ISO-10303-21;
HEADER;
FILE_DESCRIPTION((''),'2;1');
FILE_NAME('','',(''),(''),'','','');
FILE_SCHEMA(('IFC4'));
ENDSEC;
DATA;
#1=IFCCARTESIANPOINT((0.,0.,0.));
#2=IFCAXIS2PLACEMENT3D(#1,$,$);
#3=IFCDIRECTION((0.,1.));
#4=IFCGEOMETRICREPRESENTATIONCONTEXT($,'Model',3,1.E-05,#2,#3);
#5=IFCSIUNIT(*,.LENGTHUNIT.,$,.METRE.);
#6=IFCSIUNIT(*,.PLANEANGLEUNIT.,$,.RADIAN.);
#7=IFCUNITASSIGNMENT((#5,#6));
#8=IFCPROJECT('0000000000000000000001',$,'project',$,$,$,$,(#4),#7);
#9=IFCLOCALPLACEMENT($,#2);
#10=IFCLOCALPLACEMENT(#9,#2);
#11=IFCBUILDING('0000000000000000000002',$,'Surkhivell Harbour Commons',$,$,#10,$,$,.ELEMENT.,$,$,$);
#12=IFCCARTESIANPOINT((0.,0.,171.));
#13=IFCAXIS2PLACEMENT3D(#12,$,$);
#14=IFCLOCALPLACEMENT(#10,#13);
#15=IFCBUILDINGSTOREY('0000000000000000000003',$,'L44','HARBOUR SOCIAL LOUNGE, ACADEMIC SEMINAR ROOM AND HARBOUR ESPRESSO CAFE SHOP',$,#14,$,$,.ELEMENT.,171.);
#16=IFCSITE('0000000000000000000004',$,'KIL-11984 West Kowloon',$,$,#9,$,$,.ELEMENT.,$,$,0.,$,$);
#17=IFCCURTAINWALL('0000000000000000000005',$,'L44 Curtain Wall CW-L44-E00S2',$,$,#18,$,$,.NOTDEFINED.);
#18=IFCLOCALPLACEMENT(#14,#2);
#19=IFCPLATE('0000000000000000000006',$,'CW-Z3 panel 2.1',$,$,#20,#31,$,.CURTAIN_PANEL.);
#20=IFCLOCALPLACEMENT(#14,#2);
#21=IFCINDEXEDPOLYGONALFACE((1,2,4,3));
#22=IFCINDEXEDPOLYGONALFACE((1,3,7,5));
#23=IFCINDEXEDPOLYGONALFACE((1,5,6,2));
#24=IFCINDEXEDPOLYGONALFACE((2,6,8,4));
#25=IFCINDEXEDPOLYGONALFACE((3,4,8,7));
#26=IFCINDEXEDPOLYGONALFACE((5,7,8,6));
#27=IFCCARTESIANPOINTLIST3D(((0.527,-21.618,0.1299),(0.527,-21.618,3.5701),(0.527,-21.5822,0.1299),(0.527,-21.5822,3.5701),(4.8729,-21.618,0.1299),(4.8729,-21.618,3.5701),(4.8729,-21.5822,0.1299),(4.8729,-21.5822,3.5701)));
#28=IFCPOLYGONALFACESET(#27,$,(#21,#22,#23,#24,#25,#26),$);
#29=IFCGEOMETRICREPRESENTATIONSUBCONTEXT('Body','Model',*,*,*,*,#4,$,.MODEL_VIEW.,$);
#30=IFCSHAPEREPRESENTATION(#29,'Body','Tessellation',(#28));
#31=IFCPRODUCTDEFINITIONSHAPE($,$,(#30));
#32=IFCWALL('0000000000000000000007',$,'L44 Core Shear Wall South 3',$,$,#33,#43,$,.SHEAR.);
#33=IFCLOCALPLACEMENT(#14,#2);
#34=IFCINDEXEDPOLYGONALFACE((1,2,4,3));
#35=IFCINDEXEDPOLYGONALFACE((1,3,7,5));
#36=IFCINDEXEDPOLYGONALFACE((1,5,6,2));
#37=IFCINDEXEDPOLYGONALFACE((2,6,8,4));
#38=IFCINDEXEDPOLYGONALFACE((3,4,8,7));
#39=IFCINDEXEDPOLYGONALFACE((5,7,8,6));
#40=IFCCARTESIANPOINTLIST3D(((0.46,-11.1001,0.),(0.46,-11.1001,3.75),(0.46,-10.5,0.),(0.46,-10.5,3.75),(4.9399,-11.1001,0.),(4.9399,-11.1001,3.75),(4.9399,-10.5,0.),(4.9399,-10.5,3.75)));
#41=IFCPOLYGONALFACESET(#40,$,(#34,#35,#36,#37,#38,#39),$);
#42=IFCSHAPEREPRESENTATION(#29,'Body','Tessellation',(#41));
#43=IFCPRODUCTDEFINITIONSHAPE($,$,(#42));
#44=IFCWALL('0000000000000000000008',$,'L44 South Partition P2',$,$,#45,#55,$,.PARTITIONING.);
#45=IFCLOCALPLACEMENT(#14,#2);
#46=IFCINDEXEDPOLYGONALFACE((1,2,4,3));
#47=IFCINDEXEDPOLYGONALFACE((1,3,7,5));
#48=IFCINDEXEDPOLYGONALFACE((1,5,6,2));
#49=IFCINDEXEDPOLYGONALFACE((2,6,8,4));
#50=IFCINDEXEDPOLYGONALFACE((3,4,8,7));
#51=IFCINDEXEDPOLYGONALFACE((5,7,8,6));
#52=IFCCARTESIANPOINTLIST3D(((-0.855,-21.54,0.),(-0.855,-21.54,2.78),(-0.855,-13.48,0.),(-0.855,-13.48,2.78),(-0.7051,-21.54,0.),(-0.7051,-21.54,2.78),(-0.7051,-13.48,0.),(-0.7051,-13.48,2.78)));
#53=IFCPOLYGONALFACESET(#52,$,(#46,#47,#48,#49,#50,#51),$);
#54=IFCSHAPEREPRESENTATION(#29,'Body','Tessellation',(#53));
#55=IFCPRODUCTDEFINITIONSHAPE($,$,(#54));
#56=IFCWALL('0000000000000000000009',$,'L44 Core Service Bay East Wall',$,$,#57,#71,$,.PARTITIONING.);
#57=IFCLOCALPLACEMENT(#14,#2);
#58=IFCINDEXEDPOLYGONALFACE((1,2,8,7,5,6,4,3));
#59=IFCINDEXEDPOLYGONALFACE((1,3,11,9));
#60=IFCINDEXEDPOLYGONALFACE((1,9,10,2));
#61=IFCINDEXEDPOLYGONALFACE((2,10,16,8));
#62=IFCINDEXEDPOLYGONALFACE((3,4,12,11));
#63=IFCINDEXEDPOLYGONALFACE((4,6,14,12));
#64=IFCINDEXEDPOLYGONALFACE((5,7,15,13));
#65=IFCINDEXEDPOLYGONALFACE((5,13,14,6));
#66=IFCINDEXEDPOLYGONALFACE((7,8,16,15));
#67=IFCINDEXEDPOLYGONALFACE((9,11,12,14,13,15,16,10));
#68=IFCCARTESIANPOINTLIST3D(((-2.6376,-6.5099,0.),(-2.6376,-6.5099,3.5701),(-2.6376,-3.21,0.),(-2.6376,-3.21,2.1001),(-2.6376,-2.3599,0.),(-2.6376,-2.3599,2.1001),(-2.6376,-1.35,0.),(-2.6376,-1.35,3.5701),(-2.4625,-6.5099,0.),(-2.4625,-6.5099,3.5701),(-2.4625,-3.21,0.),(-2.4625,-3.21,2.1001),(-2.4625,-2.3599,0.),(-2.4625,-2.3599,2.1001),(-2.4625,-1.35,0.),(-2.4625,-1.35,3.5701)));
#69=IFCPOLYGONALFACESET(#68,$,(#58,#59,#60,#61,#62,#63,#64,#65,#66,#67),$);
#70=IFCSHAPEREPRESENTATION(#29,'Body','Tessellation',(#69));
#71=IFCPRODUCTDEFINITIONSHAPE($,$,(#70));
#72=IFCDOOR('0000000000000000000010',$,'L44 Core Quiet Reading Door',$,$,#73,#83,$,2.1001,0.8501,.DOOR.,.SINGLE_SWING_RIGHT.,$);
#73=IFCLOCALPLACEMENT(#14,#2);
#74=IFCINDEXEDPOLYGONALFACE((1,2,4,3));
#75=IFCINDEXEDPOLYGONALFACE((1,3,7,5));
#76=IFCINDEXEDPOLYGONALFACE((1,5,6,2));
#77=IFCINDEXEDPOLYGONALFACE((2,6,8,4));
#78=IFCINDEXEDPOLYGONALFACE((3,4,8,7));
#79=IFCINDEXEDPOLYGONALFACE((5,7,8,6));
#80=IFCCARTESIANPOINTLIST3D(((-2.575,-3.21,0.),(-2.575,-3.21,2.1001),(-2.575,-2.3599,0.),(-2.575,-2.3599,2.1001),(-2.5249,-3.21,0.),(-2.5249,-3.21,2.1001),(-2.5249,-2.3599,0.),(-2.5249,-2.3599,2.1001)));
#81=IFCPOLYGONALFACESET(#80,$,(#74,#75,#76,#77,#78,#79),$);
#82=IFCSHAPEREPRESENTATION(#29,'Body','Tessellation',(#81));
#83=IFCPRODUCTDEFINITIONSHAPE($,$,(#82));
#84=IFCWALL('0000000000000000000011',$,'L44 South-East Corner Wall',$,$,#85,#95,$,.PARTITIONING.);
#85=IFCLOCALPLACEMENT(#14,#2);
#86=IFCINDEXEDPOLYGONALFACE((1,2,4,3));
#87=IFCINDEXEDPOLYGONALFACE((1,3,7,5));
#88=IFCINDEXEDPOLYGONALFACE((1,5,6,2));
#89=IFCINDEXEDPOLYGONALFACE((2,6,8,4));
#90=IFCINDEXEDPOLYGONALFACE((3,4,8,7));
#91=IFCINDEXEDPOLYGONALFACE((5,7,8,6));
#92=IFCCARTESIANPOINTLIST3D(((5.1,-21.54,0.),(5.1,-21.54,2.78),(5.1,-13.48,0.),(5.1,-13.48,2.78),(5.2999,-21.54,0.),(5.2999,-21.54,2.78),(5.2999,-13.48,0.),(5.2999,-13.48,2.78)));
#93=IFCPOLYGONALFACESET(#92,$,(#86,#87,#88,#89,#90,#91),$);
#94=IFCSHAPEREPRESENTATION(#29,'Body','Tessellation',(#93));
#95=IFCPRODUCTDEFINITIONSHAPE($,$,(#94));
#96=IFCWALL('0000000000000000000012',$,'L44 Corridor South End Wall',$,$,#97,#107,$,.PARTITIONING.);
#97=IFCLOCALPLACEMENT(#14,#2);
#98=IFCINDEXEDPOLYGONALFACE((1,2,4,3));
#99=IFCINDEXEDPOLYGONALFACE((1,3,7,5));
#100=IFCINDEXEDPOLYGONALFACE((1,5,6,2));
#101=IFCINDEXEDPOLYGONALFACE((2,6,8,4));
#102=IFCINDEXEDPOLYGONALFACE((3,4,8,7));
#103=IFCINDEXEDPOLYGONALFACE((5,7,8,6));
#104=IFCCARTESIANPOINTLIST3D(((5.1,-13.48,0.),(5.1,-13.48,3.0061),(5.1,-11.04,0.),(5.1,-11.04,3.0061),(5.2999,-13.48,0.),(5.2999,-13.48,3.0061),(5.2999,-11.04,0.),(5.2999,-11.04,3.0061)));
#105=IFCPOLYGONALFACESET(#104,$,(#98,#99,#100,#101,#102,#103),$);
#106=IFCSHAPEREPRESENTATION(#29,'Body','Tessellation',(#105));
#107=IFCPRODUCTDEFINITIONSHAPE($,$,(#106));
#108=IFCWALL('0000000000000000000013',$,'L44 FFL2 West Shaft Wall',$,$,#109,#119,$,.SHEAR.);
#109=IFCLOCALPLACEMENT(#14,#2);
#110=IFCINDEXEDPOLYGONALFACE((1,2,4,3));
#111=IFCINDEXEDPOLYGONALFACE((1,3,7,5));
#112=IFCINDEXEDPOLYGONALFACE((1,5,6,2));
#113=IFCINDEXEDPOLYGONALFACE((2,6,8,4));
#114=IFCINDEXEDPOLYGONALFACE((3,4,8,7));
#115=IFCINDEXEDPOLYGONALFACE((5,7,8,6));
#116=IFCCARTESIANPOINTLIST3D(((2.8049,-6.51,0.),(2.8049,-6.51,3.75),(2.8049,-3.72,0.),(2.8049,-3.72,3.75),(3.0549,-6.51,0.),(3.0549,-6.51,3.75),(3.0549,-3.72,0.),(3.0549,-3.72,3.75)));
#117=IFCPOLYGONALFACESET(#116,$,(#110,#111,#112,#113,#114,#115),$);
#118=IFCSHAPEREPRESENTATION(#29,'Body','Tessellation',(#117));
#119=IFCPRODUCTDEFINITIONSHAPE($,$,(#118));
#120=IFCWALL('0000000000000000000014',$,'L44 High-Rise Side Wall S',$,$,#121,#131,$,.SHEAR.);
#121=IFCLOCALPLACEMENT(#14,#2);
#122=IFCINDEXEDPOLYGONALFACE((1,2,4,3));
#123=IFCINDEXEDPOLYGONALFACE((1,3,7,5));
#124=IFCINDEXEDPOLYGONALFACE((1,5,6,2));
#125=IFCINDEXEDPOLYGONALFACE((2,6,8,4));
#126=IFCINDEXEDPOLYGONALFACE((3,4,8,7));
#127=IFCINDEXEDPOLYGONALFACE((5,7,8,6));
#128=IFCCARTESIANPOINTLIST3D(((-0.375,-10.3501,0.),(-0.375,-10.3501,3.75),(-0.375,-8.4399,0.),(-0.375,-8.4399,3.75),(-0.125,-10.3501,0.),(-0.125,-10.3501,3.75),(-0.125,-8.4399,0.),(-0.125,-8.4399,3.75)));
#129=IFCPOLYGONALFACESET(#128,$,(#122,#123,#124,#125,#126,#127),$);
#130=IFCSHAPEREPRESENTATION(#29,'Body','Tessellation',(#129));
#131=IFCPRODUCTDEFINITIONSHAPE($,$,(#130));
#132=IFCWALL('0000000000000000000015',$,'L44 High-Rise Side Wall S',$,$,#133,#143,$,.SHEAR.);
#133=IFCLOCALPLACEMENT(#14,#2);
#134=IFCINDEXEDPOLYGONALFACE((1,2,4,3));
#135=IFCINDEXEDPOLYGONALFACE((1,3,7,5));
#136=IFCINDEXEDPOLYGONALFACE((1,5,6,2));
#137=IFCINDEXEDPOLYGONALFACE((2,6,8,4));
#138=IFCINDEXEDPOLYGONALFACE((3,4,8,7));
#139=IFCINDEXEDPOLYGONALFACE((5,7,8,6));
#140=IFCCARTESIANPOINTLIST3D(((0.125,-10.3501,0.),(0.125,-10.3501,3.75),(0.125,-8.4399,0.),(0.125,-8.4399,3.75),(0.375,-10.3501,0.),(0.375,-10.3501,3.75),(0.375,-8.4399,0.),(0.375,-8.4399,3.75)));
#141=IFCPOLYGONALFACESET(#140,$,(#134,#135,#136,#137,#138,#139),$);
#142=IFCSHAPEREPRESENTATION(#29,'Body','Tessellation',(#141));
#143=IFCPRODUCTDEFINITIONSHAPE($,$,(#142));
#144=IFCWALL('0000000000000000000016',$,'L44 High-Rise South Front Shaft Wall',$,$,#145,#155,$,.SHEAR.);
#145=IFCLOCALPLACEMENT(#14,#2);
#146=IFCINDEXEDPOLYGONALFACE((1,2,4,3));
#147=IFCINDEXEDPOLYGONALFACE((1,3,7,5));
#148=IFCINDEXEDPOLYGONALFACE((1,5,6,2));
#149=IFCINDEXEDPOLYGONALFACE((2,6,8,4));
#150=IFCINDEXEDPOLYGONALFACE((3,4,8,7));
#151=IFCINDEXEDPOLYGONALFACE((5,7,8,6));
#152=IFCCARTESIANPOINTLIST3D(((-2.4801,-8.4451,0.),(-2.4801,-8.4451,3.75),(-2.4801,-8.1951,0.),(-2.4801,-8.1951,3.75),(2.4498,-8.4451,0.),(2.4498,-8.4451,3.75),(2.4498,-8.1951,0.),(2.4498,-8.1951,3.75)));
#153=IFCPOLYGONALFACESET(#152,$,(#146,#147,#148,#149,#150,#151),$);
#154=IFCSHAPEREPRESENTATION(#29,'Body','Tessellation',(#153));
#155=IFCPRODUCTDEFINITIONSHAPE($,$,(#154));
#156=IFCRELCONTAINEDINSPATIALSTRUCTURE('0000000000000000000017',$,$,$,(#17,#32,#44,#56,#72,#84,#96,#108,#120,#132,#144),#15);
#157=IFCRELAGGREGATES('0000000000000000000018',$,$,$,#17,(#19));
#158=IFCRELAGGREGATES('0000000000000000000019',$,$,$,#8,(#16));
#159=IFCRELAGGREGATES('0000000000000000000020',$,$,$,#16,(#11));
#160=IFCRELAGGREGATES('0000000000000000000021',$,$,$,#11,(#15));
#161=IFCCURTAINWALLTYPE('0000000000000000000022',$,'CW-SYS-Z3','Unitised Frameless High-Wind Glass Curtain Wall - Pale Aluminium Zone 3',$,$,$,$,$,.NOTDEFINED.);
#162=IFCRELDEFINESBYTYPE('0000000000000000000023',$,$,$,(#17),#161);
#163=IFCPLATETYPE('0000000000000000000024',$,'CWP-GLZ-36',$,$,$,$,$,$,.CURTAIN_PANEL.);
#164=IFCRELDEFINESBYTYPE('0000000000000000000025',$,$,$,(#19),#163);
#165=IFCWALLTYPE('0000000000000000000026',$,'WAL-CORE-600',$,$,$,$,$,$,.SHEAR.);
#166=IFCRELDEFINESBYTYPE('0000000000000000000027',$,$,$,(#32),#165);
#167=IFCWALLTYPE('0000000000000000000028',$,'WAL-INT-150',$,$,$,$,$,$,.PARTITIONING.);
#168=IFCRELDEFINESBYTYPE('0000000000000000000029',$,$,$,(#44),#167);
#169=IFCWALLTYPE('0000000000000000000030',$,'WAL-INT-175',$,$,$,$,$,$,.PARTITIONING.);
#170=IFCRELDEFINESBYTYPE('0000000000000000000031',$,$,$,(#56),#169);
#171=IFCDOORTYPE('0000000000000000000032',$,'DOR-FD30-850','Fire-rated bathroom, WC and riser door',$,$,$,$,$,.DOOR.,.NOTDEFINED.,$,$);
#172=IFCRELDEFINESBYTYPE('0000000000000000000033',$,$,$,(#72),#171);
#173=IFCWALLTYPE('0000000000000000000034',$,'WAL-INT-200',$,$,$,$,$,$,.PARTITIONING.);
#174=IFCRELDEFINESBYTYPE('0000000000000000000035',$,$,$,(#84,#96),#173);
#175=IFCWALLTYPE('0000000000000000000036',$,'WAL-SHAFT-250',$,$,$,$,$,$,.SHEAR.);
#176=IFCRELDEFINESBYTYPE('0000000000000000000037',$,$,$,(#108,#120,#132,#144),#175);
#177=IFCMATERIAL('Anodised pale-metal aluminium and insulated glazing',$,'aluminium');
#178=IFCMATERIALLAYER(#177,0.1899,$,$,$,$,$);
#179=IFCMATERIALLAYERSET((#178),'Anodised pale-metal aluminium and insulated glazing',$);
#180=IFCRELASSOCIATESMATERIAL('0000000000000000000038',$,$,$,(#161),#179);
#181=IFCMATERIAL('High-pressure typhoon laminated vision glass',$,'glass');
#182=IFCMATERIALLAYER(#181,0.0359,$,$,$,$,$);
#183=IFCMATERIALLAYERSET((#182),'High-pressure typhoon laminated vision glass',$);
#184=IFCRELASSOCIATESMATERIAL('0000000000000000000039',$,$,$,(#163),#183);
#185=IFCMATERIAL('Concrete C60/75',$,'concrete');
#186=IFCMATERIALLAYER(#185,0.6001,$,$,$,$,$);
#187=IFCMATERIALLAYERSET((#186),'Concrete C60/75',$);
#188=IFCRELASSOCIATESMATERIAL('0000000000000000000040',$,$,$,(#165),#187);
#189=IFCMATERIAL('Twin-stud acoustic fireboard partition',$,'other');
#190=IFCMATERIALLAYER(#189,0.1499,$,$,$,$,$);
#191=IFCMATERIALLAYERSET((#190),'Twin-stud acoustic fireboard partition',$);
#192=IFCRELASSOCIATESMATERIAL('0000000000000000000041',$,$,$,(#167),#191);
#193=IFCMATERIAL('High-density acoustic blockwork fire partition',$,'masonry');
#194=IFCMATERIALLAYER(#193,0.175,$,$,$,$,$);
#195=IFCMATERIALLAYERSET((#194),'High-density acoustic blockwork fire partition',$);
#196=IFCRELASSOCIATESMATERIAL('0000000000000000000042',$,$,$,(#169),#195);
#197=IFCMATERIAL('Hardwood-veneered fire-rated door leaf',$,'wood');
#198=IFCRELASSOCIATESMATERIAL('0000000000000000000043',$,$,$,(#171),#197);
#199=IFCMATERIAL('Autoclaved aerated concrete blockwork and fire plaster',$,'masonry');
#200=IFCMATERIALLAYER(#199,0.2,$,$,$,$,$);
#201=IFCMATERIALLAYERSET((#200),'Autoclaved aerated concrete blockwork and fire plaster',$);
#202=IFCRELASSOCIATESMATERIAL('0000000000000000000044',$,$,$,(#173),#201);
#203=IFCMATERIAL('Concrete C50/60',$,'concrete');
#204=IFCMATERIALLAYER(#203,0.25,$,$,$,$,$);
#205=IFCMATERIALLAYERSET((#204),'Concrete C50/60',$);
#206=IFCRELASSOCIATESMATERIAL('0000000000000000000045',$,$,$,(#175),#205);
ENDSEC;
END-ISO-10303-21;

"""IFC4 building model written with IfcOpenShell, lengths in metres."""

from ifc_helpers import new_model, si_unit, direction, frame, frame_2d, origin, place, context, subcontext, project, spatial, rectangle, extrude, material, layer, layer_set, type_object, element, fill, aggregate, save


model = new_model("IFC4")

# Units and contexts
model_context = context("Model", 3, precision=1e-05, world=origin(), true_north=direction((0.0, 1.0)))
body_context = subcontext(model_context, "Body", "Model", "MODEL_VIEW")
ifc_project = project(units=[si_unit("LENGTHUNIT", "METRE"), si_unit("PLANEANGLEUNIT", "RADIAN")], contexts=[model_context])

# Site, building, storey
site_placement = place(None, origin())
site = spatial("IfcSite", under=ifc_project, at=site_placement, Name="KIL-11984 West Kowloon", CompositionType="ELEMENT", RefElevation=0.0)
building_placement = place(site_placement, origin())
building = spatial("IfcBuilding", under=site, at=building_placement, Name="Surkhivell Harbour Commons", CompositionType="ELEMENT")
storey_placement = place(building_placement, frame((0.0, 0.0, 171.0)))
storey = spatial("IfcBuildingStorey", under=building, at=storey_placement, Name="L44", Description="HARBOUR SOCIAL LOUNGE, ACADEMIC SEMINAR ROOM AND HARBOUR ESPRESSO CAFE SHOP", CompositionType="ELEMENT", Elevation=171.0)

# Shared definitions
ifc_material_1 = material(Name="Concrete C60/75", Category="concrete")

# Curtain wall, plate
ifc_material_2 = material(Name="Anodised pale-metal aluminium and insulated glazing", Category="aluminium")
ifc_layer_1 = layer(ifc_material_2, 0.1899)
ifc_layer_set_1 = layer_set([ifc_layer_1], Name="Anodised pale-metal aluminium and insulated glazing")
curtain_wall_type = type_object("IfcCurtainWallType", Name="CW-SYS-Z3", Description="Unitised Frameless High-Wind Glass Curtain Wall - Pale Aluminium Zone 3", PredefinedType="NOTDEFINED", material=ifc_layer_set_1)
curtain_wall_placement = place(storey_placement, origin())
curtain_wall = element("IfcCurtainWall", 1, at=curtain_wall_placement, inside=storey, type_object=curtain_wall_type, Name="L44 Curtain Wall CW-L44-E00S2", PredefinedType="NOTDEFINED")
ifc_material_3 = material(Name="High-pressure typhoon laminated vision glass", Category="glass")
ifc_layer_2 = layer(ifc_material_3, 0.0359)
ifc_layer_set_2 = layer_set([ifc_layer_2], Name="High-pressure typhoon laminated vision glass")
plate_type = type_object("IfcPlateType", Name="CWP-GLZ-36", PredefinedType="CURTAIN_PANEL", material=ifc_layer_set_2)
plate_placement = place(storey_placement, frame((0.5271, -21.6001, 0.1299), z_axis=(0.0, 0.0, 1.0), x_axis=(1.0, 0.0, 0.0)))
plate = element("IfcPlate", 2, at=plate_placement, type_object=plate_type, Name="CW-Z3 panel 2.1", PredefinedType="CURTAIN_PANEL", context=body_context, shape_type="SweptSolid", body=[
    extrude(rectangle(XDim=4.3459, YDim=0.0359, at=frame_2d((2.1729, 0.0))), origin(), (0.0, 0.0, 1.0), 3.4402),
])
aggregate(curtain_wall, [plate])

# Walls
ifc_layer_3 = layer(ifc_material_1, 0.6001)
ifc_layer_set_3 = layer_set([ifc_layer_3], Name="Concrete C60/75")
wall_type_1 = type_object("IfcWallType", Name="WAL-CORE-600", PredefinedType="SHEAR", material=ifc_layer_set_3)
wall_1_placement = place(storey_placement, frame((0.46, -10.8, 0.0), z_axis=(0.0, 0.0, 1.0), x_axis=(1.0, 0.0, 0.0)))
element("IfcWall", 3, at=wall_1_placement, inside=storey, type_object=wall_type_1, Name="L44 Core Shear Wall South 3", PredefinedType="SHEAR", context=body_context, shape_type="SweptSolid", body=[
    extrude(rectangle(XDim=4.48, YDim=0.6001, at=frame_2d((2.24, 0.0))), origin(), (0.0, 0.0, 1.0), 3.75),
])
ifc_material_4 = material(Name="Twin-stud acoustic fireboard partition", Category="other")
ifc_layer_4 = layer(ifc_material_4, 0.1499)
ifc_layer_set_4 = layer_set([ifc_layer_4], Name="Twin-stud acoustic fireboard partition")
wall_type_2 = type_object("IfcWallType", Name="WAL-INT-150", PredefinedType="PARTITIONING", material=ifc_layer_set_4)
wall_2_placement = place(storey_placement, frame((-0.78, -21.54, 0.0), z_axis=(0.0, 0.0, 1.0), x_axis=(0.0, 1.0, 0.0)))
element("IfcWall", 4, at=wall_2_placement, inside=storey, type_object=wall_type_2, Name="L44 South Partition P2", PredefinedType="PARTITIONING", context=body_context, shape_type="SweptSolid", body=[
    extrude(rectangle(XDim=8.0601, YDim=0.1499, at=frame_2d((4.03, 0.0))), origin(), (0.0, 0.0, 1.0), 2.78),
])

# Wall, opening, door
ifc_material_5 = material(Name="High-density acoustic blockwork fire partition", Category="masonry")
ifc_layer_5 = layer(ifc_material_5, 0.175)
ifc_layer_set_5 = layer_set([ifc_layer_5], Name="High-density acoustic blockwork fire partition")
wall_type_3 = type_object("IfcWallType", Name="WAL-INT-175", PredefinedType="PARTITIONING", material=ifc_layer_set_5)
wall_3_placement = place(storey_placement, frame((-2.55, -6.51, 0.0), z_axis=(0.0, 0.0, 1.0), x_axis=(0.0, 1.0, 0.0)))
wall_3 = element("IfcWall", 5, at=wall_3_placement, inside=storey, type_object=wall_type_3, Name="L44 Core Service Bay East Wall", PredefinedType="PARTITIONING", context=body_context, shape_type="SweptSolid", body=[
    extrude(rectangle(XDim=5.1599, YDim=0.175, at=frame_2d((2.5801, 0.0))), origin(), (0.0, 0.0, 1.0), 3.5701),
])
opening_1_placement = place(wall_3_placement, frame((3.3, 0.0, 0.0)))
opening_1 = element("IfcOpeningElement", 6, at=opening_1_placement, cuts=wall_3, PredefinedType="OPENING", context=body_context, shape_type="SweptSolid", body=[
    extrude(rectangle(XDim=0.8501, YDim=2.1001, at=frame_2d((0.425, 1.05))), frame((0.0, 0.0974, 0.0), z_axis=(0.0, -1.0, 0.0), x_axis=(1.0, 0.0, 0.0)), (0.0, 0.0, 1.0), 0.1951),
])
ifc_material_6 = material(Name="Hardwood-veneered fire-rated door leaf", Category="wood")
door_type_1 = type_object("IfcDoorType", Name="DOR-FD30-850", Description="Fire-rated bathroom, WC and riser door", OperationType="NOTDEFINED", PredefinedType="DOOR", material=ifc_material_6)
door_1_placement = place(opening_1_placement, origin())
door_1 = element("IfcDoor", 7, at=door_1_placement, inside=storey, type_object=door_type_1, Name="L44 Core Quiet Reading Door", OperationType="SINGLE_SWING_RIGHT", OverallHeight=2.1001, OverallWidth=0.8501, PredefinedType="DOOR", context=body_context, shape_type="SweptSolid", body=[
    extrude(rectangle(XDim=0.8501, YDim=2.1001, at=frame_2d((0.425, 1.05))), frame((0.0, 0.0249, 0.0), z_axis=(0.0, -1.0, 0.0), x_axis=(1.0, 0.0, 0.0)), (0.0, 0.0, 1.0), 0.05),
])
fill(opening_1, door_1)

# Walls
ifc_material_7 = material(Name="Autoclaved aerated concrete blockwork and fire plaster", Category="masonry")
ifc_layer_6 = layer(ifc_material_7, 0.2)
ifc_layer_set_6 = layer_set([ifc_layer_6], Name="Autoclaved aerated concrete blockwork and fire plaster")
wall_type_4 = type_object("IfcWallType", Name="WAL-INT-200", PredefinedType="PARTITIONING", material=ifc_layer_set_6)
wall_4_placement = place(storey_placement, frame((5.2, -21.54, 0.0), z_axis=(0.0, 0.0, 1.0), x_axis=(0.0, 1.0, 0.0)))
element("IfcWall", 8, at=wall_4_placement, inside=storey, type_object=wall_type_4, Name="L44 South-East Corner Wall", PredefinedType="PARTITIONING", context=body_context, shape_type="SweptSolid", body=[
    extrude(rectangle(XDim=8.0601, YDim=0.2, at=frame_2d((4.03, 0.0))), origin(), (0.0, 0.0, 1.0), 2.78),
])
wall_5_placement = place(storey_placement, frame((5.2, -13.48, 0.0), z_axis=(0.0, 0.0, 1.0), x_axis=(0.0, 1.0, 0.0)))
element("IfcWall", 9, at=wall_5_placement, inside=storey, type_object=wall_type_4, Name="L44 Corridor South End Wall", PredefinedType="PARTITIONING", context=body_context, shape_type="SweptSolid", body=[
    extrude(rectangle(XDim=2.4399, YDim=0.2, at=frame_2d((1.22, 0.0))), origin(), (0.0, 0.0, 1.0), 3.0061),
])
ifc_material_8 = material(Name="Concrete C50/60", Category="concrete")
ifc_layer_7 = layer(ifc_material_8, 0.25)
ifc_layer_set_7 = layer_set([ifc_layer_7], Name="Concrete C50/60")
wall_type_5 = type_object("IfcWallType", Name="WAL-SHAFT-250", PredefinedType="SHEAR", material=ifc_layer_set_7)
wall_6_placement = place(storey_placement, frame((2.9299, -6.51, 0.0), z_axis=(0.0, 0.0, 1.0), x_axis=(0.0, 1.0, 0.0)))
element("IfcWall", 10, at=wall_6_placement, inside=storey, type_object=wall_type_5, Name="L44 FFL2 West Shaft Wall", PredefinedType="SHEAR", context=body_context, shape_type="SweptSolid", body=[
    extrude(rectangle(XDim=2.79, YDim=0.25, at=frame_2d((1.395, 0.0))), origin(), (0.0, 0.0, 1.0), 3.75),
])
for number, where, z_axis, x_axis, name in (
    (11, (-0.25, -10.3501, 0.0), (0.0, 0.0, 1.0), (0.0, 1.0, 0.0), "L44 High-Rise Side Wall S"),
    (12, (0.25, -10.3501, 0.0), (0.0, 0.0, 1.0), (0.0, 1.0, 0.0), "L44 High-Rise Side Wall S"),
):
    element("IfcWall", number, at=place(storey_placement, frame(where, z_axis=z_axis, x_axis=x_axis)), inside=storey, type_object=wall_type_5, Name=name, PredefinedType="SHEAR", context=body_context, shape_type="SweptSolid", body=[
        extrude(rectangle(XDim=1.9102, YDim=0.25, at=frame_2d((0.9551, 0.0))), origin(), (0.0, 0.0, 1.0), 3.75),
    ])
wall_7_placement = place(storey_placement, frame((-2.48, -8.3201, 0.0), z_axis=(0.0, 0.0, 1.0), x_axis=(1.0, 0.0, 0.0)))
element("IfcWall", 13, at=wall_7_placement, inside=storey, type_object=wall_type_5, Name="L44 High-Rise South Front Shaft Wall", PredefinedType="SHEAR", context=body_context, shape_type="SweptSolid", body=[
    extrude(rectangle(XDim=4.9299, YDim=0.25, at=frame_2d((2.4648, 0.0))), origin(), (0.0, 0.0, 1.0), 3.75),
])

save(model, "model.ifc")
